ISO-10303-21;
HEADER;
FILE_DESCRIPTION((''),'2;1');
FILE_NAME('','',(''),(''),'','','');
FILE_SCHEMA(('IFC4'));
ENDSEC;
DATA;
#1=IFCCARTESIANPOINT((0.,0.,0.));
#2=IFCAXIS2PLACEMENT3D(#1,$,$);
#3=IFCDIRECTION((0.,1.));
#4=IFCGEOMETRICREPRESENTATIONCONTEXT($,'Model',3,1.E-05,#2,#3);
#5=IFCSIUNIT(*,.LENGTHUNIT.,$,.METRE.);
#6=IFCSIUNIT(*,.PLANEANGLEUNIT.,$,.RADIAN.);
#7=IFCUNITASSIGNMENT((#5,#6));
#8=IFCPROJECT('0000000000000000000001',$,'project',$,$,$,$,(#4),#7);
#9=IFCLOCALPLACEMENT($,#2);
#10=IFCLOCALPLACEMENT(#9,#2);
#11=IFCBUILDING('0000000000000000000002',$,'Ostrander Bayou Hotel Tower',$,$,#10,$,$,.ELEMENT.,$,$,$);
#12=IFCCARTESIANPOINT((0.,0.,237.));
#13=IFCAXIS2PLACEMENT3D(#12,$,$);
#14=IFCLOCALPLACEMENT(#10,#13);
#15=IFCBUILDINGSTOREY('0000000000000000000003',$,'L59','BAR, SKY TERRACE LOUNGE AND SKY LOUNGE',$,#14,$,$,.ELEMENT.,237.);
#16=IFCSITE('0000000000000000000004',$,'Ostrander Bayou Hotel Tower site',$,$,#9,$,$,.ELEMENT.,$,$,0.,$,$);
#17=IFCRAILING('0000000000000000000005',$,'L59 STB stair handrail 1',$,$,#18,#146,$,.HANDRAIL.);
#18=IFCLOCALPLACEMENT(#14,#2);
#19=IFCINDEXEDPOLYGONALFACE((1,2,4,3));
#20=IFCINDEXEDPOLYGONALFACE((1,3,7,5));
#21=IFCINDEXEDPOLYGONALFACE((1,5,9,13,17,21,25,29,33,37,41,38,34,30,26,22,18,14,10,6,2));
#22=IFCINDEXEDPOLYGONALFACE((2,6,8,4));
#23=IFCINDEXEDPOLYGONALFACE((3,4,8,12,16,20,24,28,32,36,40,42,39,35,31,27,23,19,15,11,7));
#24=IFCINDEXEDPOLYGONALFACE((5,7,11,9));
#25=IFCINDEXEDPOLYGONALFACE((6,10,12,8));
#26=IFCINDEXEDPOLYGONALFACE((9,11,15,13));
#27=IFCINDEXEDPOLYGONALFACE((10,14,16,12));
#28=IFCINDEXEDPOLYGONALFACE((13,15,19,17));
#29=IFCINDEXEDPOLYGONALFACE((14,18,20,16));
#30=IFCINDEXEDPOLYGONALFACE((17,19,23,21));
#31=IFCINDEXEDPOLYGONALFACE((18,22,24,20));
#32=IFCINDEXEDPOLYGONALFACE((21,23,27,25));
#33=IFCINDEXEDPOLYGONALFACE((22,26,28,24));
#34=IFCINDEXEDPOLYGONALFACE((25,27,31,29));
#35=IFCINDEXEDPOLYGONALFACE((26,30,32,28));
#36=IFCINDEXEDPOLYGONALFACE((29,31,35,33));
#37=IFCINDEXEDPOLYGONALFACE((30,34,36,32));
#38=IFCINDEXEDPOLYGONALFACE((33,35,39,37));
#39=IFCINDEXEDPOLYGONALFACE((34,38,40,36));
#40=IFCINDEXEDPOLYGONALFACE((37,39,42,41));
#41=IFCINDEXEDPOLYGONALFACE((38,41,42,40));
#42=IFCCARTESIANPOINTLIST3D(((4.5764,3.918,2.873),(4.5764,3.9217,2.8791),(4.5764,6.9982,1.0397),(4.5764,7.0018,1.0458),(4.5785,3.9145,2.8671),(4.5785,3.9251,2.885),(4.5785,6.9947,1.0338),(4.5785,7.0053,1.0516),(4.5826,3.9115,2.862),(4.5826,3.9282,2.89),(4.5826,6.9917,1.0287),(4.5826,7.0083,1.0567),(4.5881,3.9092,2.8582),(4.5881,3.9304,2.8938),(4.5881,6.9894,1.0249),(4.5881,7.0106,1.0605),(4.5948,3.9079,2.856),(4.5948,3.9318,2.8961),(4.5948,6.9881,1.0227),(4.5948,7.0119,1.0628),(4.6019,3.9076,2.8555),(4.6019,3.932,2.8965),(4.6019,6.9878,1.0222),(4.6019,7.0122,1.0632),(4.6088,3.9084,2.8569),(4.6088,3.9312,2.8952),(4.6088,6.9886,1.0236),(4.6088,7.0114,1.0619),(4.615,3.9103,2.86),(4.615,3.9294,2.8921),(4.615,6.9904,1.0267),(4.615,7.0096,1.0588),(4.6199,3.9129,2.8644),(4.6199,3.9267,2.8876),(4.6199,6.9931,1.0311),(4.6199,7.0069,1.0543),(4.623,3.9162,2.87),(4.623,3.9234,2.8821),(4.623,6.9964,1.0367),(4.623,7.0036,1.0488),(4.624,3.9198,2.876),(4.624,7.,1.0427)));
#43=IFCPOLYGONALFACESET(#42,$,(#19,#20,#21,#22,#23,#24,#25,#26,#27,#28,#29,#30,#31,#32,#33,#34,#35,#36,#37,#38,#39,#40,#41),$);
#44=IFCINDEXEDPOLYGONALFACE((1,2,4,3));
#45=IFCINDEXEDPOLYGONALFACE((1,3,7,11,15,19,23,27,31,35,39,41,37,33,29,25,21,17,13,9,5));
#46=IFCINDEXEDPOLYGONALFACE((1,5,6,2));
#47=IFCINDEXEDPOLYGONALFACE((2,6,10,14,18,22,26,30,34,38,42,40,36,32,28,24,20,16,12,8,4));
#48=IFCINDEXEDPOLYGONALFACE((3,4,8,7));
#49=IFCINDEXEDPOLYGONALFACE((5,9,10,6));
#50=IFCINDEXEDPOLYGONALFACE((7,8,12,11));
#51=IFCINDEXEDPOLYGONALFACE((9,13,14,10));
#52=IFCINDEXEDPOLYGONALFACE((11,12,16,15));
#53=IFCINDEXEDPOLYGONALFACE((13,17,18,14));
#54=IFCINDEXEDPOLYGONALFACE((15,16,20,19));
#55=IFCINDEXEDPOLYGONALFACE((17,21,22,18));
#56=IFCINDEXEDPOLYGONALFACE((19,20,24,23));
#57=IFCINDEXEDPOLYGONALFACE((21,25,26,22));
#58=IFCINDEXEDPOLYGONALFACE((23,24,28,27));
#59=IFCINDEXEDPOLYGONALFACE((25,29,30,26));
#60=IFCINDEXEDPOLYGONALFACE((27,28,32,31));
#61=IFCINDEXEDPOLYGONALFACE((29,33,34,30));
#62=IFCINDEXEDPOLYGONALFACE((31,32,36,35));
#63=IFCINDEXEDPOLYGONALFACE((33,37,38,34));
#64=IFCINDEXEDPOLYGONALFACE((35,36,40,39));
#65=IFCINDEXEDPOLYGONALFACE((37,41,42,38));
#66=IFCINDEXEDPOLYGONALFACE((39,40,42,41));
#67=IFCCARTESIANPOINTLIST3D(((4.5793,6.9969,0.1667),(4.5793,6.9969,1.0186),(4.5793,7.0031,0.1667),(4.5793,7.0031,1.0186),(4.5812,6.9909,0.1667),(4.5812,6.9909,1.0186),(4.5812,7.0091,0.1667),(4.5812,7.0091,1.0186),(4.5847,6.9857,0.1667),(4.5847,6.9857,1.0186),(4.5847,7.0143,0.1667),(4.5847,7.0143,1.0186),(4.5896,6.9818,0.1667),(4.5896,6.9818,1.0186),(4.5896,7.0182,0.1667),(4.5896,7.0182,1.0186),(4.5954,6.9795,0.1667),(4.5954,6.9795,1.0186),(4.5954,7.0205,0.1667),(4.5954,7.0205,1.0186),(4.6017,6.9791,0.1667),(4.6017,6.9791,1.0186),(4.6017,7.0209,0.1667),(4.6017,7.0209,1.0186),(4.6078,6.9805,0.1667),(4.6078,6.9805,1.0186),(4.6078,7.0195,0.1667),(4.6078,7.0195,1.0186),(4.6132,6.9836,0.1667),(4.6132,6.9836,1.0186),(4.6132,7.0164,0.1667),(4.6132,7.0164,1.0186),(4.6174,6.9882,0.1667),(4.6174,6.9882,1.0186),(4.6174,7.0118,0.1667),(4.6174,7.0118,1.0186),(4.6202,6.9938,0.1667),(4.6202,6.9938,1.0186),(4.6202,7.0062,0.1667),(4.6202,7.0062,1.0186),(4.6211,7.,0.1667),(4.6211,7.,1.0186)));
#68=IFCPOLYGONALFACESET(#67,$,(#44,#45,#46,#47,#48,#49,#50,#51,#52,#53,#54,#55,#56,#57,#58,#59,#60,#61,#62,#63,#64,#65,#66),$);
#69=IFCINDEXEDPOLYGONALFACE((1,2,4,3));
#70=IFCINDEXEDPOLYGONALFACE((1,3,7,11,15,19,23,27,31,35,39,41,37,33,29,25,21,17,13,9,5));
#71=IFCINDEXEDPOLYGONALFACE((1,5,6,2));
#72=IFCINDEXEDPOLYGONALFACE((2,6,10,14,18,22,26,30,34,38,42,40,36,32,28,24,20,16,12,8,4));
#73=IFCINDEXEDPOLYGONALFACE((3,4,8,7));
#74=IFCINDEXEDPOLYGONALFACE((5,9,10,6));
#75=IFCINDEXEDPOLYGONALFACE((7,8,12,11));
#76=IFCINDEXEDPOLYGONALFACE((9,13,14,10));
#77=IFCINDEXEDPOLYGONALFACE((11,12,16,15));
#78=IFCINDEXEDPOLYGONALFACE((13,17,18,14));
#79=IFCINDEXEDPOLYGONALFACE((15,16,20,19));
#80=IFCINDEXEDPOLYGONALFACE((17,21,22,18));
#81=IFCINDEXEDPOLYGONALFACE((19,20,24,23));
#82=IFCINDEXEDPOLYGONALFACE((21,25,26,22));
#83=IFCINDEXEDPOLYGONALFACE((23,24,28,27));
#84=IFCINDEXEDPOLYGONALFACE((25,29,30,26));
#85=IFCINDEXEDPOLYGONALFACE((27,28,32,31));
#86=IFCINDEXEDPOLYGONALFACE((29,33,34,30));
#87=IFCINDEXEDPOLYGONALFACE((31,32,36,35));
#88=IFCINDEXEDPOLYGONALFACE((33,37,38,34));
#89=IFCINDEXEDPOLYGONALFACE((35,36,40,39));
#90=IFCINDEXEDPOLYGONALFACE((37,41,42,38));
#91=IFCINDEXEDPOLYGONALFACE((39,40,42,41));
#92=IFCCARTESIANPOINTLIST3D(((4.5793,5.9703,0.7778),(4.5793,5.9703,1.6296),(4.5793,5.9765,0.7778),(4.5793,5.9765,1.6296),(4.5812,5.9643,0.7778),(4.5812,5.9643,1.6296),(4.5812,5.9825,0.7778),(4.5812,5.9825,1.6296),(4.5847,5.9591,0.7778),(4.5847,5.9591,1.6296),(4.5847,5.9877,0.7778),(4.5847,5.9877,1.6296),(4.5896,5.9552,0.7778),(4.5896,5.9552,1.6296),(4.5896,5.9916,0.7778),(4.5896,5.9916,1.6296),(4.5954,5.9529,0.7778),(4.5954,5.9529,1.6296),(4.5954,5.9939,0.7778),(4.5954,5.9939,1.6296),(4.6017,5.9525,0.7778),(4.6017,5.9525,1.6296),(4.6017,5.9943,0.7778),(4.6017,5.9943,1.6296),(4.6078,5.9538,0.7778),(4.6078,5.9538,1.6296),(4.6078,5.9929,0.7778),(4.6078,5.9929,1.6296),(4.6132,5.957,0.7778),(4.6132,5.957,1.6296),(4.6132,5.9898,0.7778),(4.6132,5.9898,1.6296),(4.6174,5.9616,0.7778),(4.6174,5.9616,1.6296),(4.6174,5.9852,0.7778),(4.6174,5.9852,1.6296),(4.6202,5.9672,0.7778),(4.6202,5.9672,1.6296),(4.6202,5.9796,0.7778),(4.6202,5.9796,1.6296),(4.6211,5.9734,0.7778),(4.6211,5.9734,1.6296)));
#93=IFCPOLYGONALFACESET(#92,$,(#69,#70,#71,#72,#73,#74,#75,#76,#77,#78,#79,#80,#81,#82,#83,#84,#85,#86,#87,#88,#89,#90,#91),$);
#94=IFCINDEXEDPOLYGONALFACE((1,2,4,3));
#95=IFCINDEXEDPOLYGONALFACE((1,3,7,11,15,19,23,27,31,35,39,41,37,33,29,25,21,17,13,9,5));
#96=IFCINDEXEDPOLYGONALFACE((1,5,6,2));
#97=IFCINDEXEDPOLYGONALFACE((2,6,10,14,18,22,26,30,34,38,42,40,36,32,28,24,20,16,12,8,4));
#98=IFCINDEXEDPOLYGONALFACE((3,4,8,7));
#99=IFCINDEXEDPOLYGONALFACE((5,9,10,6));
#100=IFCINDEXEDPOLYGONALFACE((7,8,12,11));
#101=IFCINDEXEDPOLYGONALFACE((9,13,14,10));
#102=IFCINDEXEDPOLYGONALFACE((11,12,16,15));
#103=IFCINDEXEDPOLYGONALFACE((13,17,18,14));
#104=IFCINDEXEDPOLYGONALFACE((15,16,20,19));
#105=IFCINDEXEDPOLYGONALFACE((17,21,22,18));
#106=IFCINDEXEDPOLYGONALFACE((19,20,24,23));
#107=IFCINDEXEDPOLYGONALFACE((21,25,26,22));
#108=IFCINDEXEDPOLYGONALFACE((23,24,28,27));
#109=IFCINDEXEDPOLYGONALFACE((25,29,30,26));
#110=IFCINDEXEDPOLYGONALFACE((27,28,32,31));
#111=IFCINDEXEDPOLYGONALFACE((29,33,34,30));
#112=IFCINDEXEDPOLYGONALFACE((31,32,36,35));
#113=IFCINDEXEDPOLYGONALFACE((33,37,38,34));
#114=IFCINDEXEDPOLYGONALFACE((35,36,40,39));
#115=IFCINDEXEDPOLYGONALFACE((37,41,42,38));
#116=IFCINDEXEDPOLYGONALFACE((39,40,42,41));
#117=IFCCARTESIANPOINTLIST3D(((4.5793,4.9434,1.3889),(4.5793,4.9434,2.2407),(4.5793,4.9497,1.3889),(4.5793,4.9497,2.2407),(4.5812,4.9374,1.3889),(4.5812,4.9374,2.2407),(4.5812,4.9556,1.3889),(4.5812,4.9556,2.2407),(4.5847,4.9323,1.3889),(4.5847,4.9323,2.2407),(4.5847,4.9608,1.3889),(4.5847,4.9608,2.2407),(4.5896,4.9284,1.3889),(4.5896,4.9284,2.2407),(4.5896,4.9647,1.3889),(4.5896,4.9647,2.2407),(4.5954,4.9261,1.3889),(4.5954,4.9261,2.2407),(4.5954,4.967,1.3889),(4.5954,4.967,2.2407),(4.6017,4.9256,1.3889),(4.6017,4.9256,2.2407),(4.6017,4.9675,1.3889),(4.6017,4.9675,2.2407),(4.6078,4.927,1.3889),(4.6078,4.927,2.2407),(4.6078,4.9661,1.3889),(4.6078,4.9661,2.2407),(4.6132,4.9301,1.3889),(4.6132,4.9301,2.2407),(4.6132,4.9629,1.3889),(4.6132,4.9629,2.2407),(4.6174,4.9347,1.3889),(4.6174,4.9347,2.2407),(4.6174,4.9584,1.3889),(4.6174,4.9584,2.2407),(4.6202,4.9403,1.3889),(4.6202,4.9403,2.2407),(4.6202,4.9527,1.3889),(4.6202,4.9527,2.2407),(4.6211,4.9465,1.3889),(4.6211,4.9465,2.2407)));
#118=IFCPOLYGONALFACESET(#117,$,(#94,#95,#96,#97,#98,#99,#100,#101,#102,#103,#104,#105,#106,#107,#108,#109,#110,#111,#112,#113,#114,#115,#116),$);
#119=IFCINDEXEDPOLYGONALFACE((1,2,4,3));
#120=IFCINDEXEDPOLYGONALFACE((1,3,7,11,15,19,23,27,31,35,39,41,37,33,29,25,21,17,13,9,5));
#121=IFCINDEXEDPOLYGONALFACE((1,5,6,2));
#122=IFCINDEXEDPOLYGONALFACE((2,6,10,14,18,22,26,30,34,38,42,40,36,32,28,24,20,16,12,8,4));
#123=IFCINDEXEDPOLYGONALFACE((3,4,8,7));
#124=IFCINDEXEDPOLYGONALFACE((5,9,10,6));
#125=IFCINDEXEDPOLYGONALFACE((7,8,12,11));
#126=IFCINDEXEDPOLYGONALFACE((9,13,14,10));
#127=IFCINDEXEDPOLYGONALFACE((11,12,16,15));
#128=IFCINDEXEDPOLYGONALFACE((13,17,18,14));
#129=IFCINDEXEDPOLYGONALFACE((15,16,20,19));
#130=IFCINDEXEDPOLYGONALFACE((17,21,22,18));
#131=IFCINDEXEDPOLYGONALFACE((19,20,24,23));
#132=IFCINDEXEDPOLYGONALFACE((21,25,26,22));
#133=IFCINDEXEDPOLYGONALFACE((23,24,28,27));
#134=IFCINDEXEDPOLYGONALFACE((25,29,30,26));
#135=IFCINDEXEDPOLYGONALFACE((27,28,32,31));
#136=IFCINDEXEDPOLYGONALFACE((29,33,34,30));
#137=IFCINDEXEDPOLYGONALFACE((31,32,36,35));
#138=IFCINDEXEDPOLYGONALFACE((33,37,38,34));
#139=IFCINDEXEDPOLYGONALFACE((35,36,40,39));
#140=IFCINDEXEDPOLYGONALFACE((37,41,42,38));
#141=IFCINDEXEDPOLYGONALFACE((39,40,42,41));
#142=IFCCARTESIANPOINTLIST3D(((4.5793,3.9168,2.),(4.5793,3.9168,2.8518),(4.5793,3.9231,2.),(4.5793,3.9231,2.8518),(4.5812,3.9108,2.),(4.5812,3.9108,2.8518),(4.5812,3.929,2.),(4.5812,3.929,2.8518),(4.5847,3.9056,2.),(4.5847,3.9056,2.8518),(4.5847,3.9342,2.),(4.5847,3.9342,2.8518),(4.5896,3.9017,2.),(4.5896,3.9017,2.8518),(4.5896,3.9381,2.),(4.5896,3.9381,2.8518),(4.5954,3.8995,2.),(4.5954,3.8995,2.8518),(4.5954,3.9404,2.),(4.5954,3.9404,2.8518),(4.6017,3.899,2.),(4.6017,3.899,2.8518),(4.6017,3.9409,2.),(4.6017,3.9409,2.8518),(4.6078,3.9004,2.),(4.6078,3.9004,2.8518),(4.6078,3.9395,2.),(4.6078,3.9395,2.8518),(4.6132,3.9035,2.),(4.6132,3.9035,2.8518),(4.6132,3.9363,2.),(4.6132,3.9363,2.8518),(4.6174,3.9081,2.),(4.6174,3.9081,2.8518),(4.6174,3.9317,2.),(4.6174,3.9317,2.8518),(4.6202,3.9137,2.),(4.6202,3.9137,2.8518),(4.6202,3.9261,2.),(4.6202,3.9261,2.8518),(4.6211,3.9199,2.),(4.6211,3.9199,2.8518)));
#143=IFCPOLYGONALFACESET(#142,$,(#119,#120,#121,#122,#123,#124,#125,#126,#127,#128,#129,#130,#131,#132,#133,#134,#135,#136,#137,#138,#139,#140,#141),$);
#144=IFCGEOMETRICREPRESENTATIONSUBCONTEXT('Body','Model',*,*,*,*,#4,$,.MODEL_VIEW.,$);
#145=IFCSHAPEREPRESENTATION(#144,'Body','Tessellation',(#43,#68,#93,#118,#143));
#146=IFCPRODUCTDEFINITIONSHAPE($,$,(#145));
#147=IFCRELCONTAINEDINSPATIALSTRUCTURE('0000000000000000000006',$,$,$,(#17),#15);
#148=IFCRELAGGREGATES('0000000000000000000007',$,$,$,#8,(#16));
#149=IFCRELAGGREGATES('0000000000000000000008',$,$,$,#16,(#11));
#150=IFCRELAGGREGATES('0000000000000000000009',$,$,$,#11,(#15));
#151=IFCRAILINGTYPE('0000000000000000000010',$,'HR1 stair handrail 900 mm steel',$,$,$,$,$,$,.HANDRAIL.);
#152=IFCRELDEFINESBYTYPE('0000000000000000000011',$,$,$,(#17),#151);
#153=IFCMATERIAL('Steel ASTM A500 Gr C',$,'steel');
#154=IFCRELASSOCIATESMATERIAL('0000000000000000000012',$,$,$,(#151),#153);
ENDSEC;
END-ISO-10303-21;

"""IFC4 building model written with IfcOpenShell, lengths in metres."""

from ifc_helpers import new_model, si_unit, direction, frame, origin, origin_2d, place, context, subcontext, project, spatial, circle, extrude, material, type_object, element, save


model = new_model("IFC4")

# Units and contexts
model_context = context("Model", 3, precision=1e-05, world=origin(), true_north=direction((0.0, 1.0)))
body_context = subcontext(model_context, "Body", "Model", "MODEL_VIEW")
ifc_project = project(units=[si_unit("LENGTHUNIT", "METRE"), si_unit("PLANEANGLEUNIT", "RADIAN")], contexts=[model_context])

# Site, building, storey
site_placement = place(None, origin())
site = spatial("IfcSite", under=ifc_project, at=site_placement, Name="Ostrander Bayou Hotel Tower site", CompositionType="ELEMENT", RefElevation=0.0)
building_placement = place(site_placement, origin())
building = spatial("IfcBuilding", under=site, at=building_placement, Name="Ostrander Bayou Hotel Tower", CompositionType="ELEMENT")
storey_placement = place(building_placement, frame((0.0, 0.0, 237.0)))
storey = spatial("IfcBuildingStorey", under=building, at=storey_placement, Name="L59", Description="BAR, SKY TERRACE LOUNGE AND SKY LOUNGE", CompositionType="ELEMENT", Elevation=237.0)

# Railing
ifc_material_1 = material(Name="Steel ASTM A500 Gr C", Category="steel")
railing_type_1 = type_object("IfcRailingType", Name="HR1 stair handrail 900 mm steel", PredefinedType="HANDRAIL", material=ifc_material_1)
for number, where, name in (
    (1, (4.6001, 7.0, 0.1667), "L59 STB stair handrail 1"),
):
    element("IfcRailing", number, at=place(storey_placement, frame(where)), inside=storey, type_object=railing_type_1, Name=name, PredefinedType="HANDRAIL", context=body_context, shape_type="SweptSolid", body=[
        extrude(circle(Radius=0.0239, at=origin_2d()), frame((0.0, 0.0, 0.876), z_axis=(0.0, -0.859309, 0.511458), x_axis=(1.0, 0.0, 0.0)), (0.0, 0.0, 1.0), 3.5845),
        extrude(circle(Radius=0.021, at=origin_2d()), origin(), (0.0, 0.0, 1.0), 0.8518),
        extrude(circle(Radius=0.021, at=origin_2d()), frame((0.0, -1.0266, 0.6111)), (0.0, 0.0, 1.0), 0.8518),
        extrude(circle(Radius=0.021, at=origin_2d()), frame((0.0, -2.0535, 1.2222)), (0.0, 0.0, 1.0), 0.8518),
        extrude(circle(Radius=0.021, at=origin_2d()), frame((0.0, -3.0801, 1.8333)), (0.0, 0.0, 1.0), 0.8518),
    ])

save(model, "model.ifc")
